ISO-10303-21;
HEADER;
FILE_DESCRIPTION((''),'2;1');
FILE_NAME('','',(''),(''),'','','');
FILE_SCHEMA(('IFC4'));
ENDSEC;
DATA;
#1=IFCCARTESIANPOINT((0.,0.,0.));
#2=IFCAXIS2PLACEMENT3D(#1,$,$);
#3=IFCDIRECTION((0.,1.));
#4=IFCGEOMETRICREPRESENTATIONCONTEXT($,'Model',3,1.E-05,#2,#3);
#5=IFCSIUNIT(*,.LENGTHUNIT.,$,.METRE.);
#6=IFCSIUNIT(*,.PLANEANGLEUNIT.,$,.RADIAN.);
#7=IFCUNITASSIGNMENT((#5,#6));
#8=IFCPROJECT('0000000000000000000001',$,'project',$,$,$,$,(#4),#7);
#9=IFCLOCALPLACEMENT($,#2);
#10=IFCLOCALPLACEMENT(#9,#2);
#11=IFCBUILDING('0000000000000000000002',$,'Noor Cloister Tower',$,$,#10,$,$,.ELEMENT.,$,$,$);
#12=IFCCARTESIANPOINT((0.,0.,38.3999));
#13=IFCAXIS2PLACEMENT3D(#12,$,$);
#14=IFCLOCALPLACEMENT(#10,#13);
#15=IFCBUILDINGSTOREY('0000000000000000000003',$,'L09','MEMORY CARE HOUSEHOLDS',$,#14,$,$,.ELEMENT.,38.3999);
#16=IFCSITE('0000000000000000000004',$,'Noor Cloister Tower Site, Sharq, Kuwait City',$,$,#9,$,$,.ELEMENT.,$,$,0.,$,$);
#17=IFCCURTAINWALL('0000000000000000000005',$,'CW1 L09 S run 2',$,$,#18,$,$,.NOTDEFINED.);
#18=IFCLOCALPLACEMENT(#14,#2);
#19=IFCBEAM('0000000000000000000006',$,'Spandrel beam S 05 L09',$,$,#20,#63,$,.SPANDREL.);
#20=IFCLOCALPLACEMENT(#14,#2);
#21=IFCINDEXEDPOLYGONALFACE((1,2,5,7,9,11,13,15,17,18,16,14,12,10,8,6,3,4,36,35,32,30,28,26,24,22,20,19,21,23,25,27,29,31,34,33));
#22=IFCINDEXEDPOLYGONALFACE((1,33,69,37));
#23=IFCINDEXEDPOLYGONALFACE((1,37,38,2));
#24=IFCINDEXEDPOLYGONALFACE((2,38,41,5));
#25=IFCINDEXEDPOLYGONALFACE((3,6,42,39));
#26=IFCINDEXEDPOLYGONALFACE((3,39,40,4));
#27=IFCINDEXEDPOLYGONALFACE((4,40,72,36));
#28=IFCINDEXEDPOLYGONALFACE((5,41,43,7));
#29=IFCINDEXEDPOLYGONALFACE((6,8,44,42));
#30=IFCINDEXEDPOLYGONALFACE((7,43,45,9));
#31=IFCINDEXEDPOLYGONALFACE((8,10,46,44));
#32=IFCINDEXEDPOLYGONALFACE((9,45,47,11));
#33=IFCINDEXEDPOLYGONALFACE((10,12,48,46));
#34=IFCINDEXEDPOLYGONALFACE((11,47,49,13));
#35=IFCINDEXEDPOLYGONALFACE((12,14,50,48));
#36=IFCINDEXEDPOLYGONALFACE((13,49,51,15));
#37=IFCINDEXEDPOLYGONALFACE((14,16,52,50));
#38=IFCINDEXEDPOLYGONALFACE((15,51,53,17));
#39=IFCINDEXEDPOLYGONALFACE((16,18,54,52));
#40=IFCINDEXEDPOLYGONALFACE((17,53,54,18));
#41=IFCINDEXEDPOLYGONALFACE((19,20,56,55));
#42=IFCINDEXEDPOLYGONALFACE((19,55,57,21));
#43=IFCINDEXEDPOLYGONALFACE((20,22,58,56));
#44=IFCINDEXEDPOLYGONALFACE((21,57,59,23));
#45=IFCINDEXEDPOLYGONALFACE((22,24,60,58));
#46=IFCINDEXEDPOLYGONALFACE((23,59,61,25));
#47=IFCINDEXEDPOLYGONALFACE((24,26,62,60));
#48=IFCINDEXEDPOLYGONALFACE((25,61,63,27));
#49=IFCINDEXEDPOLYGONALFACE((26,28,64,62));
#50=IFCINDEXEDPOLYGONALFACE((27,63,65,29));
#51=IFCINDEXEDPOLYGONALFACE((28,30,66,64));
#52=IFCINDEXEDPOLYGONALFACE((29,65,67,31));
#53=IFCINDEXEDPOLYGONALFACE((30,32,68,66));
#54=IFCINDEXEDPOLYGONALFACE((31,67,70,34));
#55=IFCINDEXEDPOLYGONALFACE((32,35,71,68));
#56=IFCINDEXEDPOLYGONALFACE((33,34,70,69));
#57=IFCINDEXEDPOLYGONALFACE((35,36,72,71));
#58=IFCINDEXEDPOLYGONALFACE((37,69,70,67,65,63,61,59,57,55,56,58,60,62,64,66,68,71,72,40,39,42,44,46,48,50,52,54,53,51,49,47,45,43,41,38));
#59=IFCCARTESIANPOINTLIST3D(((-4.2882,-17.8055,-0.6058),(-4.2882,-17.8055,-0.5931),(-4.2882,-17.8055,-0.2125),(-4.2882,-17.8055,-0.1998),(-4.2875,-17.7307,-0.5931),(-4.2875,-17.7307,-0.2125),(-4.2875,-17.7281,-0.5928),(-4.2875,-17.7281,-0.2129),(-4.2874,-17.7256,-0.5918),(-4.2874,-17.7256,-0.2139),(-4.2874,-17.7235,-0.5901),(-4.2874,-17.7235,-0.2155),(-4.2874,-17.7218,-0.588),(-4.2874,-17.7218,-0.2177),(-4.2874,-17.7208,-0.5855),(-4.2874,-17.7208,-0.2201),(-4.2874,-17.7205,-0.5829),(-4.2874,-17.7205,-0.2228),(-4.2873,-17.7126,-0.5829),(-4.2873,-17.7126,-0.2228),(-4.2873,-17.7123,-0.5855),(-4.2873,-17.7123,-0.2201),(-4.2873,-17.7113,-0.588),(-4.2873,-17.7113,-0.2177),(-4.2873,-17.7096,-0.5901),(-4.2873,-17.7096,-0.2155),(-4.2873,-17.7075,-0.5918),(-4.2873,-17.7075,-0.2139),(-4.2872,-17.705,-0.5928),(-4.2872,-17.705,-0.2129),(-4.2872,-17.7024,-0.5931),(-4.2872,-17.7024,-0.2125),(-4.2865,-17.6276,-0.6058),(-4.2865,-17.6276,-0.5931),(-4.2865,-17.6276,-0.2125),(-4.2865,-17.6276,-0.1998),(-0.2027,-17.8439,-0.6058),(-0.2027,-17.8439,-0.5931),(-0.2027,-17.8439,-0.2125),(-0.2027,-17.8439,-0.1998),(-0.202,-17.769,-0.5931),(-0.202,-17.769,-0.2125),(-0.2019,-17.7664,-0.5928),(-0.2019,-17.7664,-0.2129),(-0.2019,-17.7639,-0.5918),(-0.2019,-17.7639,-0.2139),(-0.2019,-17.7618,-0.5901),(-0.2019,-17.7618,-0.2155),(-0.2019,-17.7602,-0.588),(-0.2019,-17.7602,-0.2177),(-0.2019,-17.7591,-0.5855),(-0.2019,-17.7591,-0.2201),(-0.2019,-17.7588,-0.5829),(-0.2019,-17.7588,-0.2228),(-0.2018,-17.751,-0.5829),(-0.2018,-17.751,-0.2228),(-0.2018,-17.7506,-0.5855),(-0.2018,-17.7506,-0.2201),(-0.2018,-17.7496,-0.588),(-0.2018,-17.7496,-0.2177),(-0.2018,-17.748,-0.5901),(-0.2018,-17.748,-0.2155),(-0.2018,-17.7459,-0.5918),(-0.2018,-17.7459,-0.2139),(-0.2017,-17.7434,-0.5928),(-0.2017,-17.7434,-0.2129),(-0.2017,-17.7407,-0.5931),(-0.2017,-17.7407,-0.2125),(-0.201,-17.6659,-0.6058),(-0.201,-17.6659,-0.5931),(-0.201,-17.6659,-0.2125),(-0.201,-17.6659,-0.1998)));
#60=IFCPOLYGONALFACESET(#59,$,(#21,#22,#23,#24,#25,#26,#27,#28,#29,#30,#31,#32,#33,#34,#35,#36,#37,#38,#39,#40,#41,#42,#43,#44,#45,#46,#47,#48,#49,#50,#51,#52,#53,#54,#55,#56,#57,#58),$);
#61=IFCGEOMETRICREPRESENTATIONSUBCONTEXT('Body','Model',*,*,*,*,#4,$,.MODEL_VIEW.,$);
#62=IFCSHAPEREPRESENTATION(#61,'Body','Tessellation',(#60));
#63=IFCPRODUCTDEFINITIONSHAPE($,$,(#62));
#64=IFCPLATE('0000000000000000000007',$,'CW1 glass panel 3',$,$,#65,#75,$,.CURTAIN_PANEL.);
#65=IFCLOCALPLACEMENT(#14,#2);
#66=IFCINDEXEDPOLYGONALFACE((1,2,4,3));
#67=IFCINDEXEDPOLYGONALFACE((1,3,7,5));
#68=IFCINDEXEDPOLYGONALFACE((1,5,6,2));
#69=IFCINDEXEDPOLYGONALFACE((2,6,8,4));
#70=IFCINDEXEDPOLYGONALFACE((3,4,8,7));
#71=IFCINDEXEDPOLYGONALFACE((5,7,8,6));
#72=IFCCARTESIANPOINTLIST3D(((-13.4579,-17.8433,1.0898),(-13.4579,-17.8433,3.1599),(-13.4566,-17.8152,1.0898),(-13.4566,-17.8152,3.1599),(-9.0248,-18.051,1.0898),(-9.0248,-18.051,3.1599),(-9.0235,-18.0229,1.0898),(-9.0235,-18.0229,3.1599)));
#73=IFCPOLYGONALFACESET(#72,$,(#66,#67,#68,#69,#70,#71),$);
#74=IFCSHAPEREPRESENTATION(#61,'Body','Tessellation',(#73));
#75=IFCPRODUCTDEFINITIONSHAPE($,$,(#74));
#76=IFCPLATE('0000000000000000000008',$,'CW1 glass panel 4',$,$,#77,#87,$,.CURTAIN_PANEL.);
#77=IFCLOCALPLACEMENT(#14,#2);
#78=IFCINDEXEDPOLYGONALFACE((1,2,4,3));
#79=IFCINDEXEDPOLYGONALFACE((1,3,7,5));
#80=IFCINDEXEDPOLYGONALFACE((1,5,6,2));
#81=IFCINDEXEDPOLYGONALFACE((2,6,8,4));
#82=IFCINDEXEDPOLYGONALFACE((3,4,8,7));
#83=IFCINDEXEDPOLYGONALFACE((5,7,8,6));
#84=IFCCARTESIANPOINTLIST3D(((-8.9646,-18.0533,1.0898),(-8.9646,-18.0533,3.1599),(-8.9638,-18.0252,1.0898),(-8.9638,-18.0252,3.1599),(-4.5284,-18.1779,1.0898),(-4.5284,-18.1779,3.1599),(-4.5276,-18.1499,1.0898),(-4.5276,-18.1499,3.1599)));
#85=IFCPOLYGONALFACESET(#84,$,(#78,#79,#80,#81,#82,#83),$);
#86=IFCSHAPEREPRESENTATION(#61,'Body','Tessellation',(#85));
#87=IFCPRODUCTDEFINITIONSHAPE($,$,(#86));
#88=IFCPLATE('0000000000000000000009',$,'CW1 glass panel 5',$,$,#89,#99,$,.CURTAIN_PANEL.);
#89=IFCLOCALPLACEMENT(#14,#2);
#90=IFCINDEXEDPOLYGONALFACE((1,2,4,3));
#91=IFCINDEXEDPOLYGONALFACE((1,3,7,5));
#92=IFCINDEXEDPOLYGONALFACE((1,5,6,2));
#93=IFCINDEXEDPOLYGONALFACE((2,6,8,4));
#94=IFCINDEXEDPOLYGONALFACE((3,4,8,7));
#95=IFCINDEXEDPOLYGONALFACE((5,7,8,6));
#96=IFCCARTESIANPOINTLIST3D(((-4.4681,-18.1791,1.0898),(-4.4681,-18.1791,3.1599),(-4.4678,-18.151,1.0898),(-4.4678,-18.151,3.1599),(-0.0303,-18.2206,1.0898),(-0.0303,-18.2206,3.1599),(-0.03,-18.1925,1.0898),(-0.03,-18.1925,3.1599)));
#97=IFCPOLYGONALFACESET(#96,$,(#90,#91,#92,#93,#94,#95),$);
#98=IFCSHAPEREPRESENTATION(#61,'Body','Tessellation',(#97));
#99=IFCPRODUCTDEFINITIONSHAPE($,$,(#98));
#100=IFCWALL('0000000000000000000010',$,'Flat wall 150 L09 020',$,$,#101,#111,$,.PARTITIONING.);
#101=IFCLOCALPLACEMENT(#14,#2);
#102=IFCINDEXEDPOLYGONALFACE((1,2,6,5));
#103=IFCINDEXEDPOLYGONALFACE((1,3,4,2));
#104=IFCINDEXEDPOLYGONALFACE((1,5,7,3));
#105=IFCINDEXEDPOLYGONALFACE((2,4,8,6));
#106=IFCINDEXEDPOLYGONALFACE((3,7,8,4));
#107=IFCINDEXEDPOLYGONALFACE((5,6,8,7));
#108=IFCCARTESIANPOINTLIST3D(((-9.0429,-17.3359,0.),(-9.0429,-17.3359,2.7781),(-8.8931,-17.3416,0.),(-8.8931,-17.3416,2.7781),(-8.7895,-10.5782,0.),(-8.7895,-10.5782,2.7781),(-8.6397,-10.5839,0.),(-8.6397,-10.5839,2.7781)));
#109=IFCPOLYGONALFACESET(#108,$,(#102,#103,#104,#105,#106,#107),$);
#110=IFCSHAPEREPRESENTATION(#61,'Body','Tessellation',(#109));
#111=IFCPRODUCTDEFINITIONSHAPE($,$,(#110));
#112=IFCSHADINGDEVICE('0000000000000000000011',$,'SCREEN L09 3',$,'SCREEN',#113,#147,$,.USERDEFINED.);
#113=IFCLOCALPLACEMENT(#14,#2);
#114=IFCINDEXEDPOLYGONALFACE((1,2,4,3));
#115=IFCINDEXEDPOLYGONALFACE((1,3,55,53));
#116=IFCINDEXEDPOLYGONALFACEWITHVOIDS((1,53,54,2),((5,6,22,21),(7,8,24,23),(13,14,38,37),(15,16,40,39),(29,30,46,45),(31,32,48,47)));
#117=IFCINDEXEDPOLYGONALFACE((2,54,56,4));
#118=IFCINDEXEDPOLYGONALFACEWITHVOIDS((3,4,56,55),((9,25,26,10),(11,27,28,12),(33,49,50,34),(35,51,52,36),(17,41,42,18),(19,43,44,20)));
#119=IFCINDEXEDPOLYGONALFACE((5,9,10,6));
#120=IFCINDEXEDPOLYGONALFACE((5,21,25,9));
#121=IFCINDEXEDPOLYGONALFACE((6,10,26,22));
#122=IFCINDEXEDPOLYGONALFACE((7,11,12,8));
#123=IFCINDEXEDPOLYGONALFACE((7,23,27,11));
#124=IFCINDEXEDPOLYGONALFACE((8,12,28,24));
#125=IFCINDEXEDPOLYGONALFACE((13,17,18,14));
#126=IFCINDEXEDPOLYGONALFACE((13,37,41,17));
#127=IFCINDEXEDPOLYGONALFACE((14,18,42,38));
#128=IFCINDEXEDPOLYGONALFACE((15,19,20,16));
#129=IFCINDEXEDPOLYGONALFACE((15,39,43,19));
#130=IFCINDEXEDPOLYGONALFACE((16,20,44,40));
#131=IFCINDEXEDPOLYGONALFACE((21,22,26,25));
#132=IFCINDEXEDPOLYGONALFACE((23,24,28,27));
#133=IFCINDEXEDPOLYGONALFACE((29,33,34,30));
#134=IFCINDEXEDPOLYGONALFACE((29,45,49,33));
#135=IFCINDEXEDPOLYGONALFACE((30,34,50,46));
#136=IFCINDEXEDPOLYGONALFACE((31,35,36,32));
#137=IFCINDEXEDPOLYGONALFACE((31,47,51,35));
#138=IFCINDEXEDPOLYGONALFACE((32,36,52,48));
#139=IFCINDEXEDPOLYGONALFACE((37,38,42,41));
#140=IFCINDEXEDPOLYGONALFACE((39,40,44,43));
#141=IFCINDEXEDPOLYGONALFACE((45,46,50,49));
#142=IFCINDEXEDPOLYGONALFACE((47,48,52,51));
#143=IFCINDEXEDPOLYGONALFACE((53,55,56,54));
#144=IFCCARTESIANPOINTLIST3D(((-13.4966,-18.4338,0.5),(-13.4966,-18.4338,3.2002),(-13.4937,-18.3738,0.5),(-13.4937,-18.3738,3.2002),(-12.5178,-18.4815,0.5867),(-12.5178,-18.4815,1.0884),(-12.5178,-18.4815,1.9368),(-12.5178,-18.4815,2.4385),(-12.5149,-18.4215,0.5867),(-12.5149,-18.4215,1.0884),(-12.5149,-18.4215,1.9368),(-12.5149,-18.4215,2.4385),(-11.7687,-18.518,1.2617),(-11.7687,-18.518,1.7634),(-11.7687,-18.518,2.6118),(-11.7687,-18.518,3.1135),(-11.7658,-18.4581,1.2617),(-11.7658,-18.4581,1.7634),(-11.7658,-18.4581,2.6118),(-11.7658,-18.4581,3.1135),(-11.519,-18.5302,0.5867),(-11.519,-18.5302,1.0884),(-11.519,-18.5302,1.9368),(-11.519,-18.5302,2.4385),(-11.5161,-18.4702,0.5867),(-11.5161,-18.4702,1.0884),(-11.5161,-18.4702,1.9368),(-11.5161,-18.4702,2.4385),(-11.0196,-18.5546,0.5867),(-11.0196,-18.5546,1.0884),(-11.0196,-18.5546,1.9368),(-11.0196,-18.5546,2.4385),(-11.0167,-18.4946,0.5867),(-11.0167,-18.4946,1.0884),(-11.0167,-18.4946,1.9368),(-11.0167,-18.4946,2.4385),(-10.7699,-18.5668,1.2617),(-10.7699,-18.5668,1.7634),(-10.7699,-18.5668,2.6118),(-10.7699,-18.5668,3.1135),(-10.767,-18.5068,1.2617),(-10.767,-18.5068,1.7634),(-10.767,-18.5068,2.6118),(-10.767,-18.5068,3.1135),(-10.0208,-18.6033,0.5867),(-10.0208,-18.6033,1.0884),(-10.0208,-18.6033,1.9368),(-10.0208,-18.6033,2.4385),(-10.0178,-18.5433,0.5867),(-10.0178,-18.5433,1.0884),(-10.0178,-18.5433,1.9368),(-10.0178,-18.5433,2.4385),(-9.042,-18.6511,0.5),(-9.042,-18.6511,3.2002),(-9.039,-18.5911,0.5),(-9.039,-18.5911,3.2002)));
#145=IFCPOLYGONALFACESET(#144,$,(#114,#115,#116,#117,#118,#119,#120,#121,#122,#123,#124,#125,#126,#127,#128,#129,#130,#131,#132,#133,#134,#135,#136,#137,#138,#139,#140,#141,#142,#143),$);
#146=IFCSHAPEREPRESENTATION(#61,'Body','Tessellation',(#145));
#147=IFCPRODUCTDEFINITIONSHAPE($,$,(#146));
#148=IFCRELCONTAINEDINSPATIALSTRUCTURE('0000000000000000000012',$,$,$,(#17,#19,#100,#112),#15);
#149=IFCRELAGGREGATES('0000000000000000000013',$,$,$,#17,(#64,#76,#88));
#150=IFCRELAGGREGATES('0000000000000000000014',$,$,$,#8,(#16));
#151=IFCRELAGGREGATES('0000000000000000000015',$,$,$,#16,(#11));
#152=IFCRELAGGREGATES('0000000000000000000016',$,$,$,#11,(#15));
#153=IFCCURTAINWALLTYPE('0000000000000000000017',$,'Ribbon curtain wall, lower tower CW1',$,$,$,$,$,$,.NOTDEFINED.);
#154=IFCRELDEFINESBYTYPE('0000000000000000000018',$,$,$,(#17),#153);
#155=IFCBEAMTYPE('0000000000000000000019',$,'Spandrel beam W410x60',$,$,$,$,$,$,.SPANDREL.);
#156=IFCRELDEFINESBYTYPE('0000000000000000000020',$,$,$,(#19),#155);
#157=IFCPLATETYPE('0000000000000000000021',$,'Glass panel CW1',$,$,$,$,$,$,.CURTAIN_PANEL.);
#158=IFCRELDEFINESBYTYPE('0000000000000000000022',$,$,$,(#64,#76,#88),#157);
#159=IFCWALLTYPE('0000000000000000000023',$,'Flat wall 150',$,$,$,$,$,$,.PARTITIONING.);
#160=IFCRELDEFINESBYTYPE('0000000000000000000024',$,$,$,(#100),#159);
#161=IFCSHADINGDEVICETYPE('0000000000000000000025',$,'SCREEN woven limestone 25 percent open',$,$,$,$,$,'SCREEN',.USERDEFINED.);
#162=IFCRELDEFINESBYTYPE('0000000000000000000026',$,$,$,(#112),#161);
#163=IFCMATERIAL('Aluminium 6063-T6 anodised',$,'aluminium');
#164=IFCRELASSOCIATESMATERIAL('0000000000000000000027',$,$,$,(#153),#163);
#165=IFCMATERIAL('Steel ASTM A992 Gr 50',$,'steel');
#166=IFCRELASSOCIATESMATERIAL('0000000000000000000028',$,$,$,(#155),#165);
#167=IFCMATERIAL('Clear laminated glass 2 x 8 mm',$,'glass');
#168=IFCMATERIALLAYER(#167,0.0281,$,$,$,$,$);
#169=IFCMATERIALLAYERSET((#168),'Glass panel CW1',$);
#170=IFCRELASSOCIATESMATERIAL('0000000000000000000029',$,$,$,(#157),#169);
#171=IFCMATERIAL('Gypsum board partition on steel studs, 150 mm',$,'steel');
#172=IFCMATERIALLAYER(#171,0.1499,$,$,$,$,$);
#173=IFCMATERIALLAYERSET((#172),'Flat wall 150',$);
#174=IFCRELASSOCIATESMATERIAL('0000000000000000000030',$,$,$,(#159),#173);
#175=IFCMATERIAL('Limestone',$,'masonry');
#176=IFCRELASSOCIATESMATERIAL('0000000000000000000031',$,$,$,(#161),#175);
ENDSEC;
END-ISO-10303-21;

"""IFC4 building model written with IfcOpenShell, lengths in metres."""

from ifc_helpers import new_model, si_unit, direction, frame, frame_2d, origin, origin_2d, place, context, subcontext, project, spatial, polyline, rectangle, i_section, outline, extrude, material, layer, layer_set, material_profile, profile_set, type_object, element, aggregate, save


model = new_model("IFC4")

# Units and contexts
model_context = context("Model", 3, precision=1e-05, world=origin(), true_north=direction((0.0, 1.0)))
body_context = subcontext(model_context, "Body", "Model", "MODEL_VIEW")
ifc_project = project(units=[si_unit("LENGTHUNIT", "METRE"), si_unit("PLANEANGLEUNIT", "RADIAN")], contexts=[model_context])

# Site, building, storey
site_placement = place(None, origin())
site = spatial("IfcSite", under=ifc_project, at=site_placement, Name="Noor Cloister Tower Site, Sharq, Kuwait City", CompositionType="ELEMENT", RefElevation=0.0)
building_placement = place(site_placement, origin())
building = spatial("IfcBuilding", under=site, at=building_placement, Name="Noor Cloister Tower", CompositionType="ELEMENT")
storey_placement = place(building_placement, frame((0.0, 0.0, 38.3999)))
storey = spatial("IfcBuildingStorey", under=building, at=storey_placement, Name="L09", Description="MEMORY CARE HOUSEHOLDS", CompositionType="ELEMENT", Elevation=38.3999)

# Curtain wall
ifc_material_1 = material(Name="Aluminium 6063-T6 anodised", Category="aluminium")
curtain_wall_type = type_object("IfcCurtainWallType", Name="Ribbon curtain wall, lower tower CW1", PredefinedType="NOTDEFINED", material=ifc_material_1)
curtain_wall_placement = place(storey_placement, origin())
curtain_wall = element("IfcCurtainWall", 1, at=curtain_wall_placement, inside=storey, type_object=curtain_wall_type, Name="CW1 L09 S run 2", PredefinedType="NOTDEFINED")

# Beam
ifc_material_2 = material(Name="Steel ASTM A992 Gr 50", Category="steel")
ifc_material_profile_1 = material_profile(ifc_material_2, i_section(OverallWidth=0.178, OverallDepth=0.406, WebThickness=0.0078, FlangeThickness=0.0127, FilletRadius=0.0103, at=origin_2d()), Name="W410x60")
ifc_profile_set_1 = profile_set([ifc_material_profile_1], Name="Steel ASTM A992 Gr 50")
beam_type_1 = type_object("IfcBeamType", Name="Spandrel beam W410x60", PredefinedType="SPANDREL", material=ifc_profile_set_1)
for number, where, z_axis, x_axis, name in (
    (2, (-4.2874, -17.7166, -0.4028), (0.999956, -0.009382, 0.0), (0.009382, 0.999956, 0.0), "Spandrel beam S 05 L09"),
):
    element("IfcBeam", number, at=place(storey_placement, frame(where, z_axis=z_axis, x_axis=x_axis)), inside=storey, type_object=beam_type_1, Name=name, PredefinedType="SPANDREL", context=body_context, shape_type="SweptSolid", body=[
        extrude(i_section(OverallWidth=0.178, OverallDepth=0.406, WebThickness=0.0078, FlangeThickness=0.0127, FilletRadius=0.0103, at=origin_2d()), origin(), (0.0, 0.0, 1.0), 4.0857),
    ])

# Plates
ifc_material_3 = material(Name="Clear laminated glass 2 x 8 mm", Category="glass")
ifc_layer_1 = layer(ifc_material_3, 0.0281)
ifc_layer_set_1 = layer_set([ifc_layer_1], Name="Glass panel CW1")
plate_type = type_object("IfcPlateType", Name="Glass panel CW1", PredefinedType="CURTAIN_PANEL", material=ifc_layer_set_1)
plate_1_placement = place(storey_placement, frame((-11.2407, -17.9331, 1.0898), z_axis=(0.0, 0.0, 1.0), x_axis=(0.998904, -0.046801, 0.0)))
plate_1 = element("IfcPlate", 3, at=plate_1_placement, type_object=plate_type, Name="CW1 glass panel 3", PredefinedType="CURTAIN_PANEL", context=body_context, shape_type="SweptSolid", body=[
    extrude(rectangle(XDim=4.438, YDim=0.0281, at=origin_2d()), origin(), (0.0, 0.0, 1.0), 2.0701),
])
plate_2_placement = place(storey_placement, frame((-6.7461, -18.1016, 1.0898), z_axis=(0.0, 0.0, 1.0), x_axis=(0.999605, -0.028087, 0.0)))
plate_2 = element("IfcPlate", 4, at=plate_2_placement, type_object=plate_type, Name="CW1 glass panel 4", PredefinedType="CURTAIN_PANEL", context=body_context, shape_type="SweptSolid", body=[
    extrude(rectangle(XDim=4.438, YDim=0.0281, at=origin_2d()), origin(), (0.0, 0.0, 1.0), 2.0701),
])
plate_3_placement = place(storey_placement, frame((-2.249, -18.1858, 1.0898), z_axis=(0.0, 0.0, 1.0), x_axis=(0.999956, -0.009364, 0.0)))
plate_3 = element("IfcPlate", 5, at=plate_3_placement, type_object=plate_type, Name="CW1 glass panel 5", PredefinedType="CURTAIN_PANEL", context=body_context, shape_type="SweptSolid", body=[
    extrude(rectangle(XDim=4.438, YDim=0.0281, at=origin_2d()), origin(), (0.0, 0.0, 1.0), 2.0701),
])
aggregate(curtain_wall, [plate_1, plate_2, plate_3])

# Wall
ifc_material_4 = material(Name="Gypsum board partition on steel studs, 150 mm", Category="steel")
ifc_layer_2 = layer(ifc_material_4, 0.1499)
ifc_layer_set_2 = layer_set([ifc_layer_2], Name="Flat wall 150")
wall_type = type_object("IfcWallType", Name="Flat wall 150", PredefinedType="PARTITIONING", material=ifc_layer_set_2)
wall_placement = place(storey_placement, frame((-8.968, -17.3389, 0.0), z_axis=(0.0, 0.0, 1.0), x_axis=(0.037474, 0.999298, 0.0)))
element("IfcWall", 6, at=wall_placement, inside=storey, type_object=wall_type, Name="Flat wall 150 L09 020", PredefinedType="PARTITIONING", context=body_context, shape_type="SweptSolid", body=[
    extrude(rectangle(XDim=6.7625, YDim=0.1499, at=frame_2d((3.3813, 0.0))), origin(), (0.0, 0.0, 1.0), 2.7781),
])

# Shading device
ifc_material_5 = material(Name="Limestone", Category="masonry")
ifc_material_profile_2 = material_profile(ifc_material_5, outline(polyline([(-2.23, -1.3501), (2.23, -1.3501), (2.23, 1.3501), (-2.23, 1.3501), (-2.23, -1.3501)]), holes=[polyline([(-1.25, -1.2634), (-0.25, -1.2634), (-0.25, -0.7617), (-1.25, -0.7617), (-1.25, -1.2634)]), polyline([(0.25, -1.2634), (1.25, -1.2634), (1.25, -0.7617), (0.25, -0.7617), (0.25, -1.2634)]), polyline([(-0.5, -0.5884), (0.5, -0.5884), (0.5, -0.0867), (-0.5, -0.0867), (-0.5, -0.5884)]), polyline([(-1.25, 0.0867), (-0.25, 0.0867), (-0.25, 0.5884), (-1.25, 0.5884), (-1.25, 0.0867)]), polyline([(0.25, 0.0867), (1.25, 0.0867), (1.25, 0.5884), (0.25, 0.5884), (0.25, 0.0867)]), polyline([(-0.5, 0.7617), (0.5, 0.7617), (0.5, 1.2634), (-0.5, 1.2634), (-0.5, 0.7617)])]), Name="Woven screen 25 percent open")
ifc_profile_set_2 = profile_set([ifc_material_profile_2], Name="Limestone")
shading_device_type = type_object("IfcShadingDeviceType", Name="SCREEN woven limestone 25 percent open", ElementType="SCREEN", PredefinedType="USERDEFINED", material=ifc_profile_set_2)
shading_device_placement = place(storey_placement, frame((-11.2664, -18.4824, 1.8501), z_axis=(-0.048723, -0.998812, 0.0), x_axis=(0.998812, -0.048723, 0.0)))
element("IfcShadingDevice", 7, at=shading_device_placement, inside=storey, type_object=shading_device_type, Name="SCREEN L09 3", ObjectType="SCREEN", PredefinedType="USERDEFINED", context=body_context, shape_type="SweptSolid", body=[
    extrude(outline(polyline([(-2.23, -1.3501), (2.23, -1.3501), (2.23, 1.3501), (-2.23, 1.3501), (-2.23, -1.3501)]), holes=[polyline([(-1.25, -1.2634), (-0.25, -1.2634), (-0.25, -0.7617), (-1.25, -0.7617), (-1.25, -1.2634)]), polyline([(0.25, -1.2634), (1.25, -1.2634), (1.25, -0.7617), (0.25, -0.7617), (0.25, -1.2634)]), polyline([(-0.5, -0.5884), (0.5, -0.5884), (0.5, -0.0867), (-0.5, -0.0867), (-0.5, -0.5884)]), polyline([(-1.25, 0.0867), (-0.25, 0.0867), (-0.25, 0.5884), (-1.25, 0.5884), (-1.25, 0.0867)]), polyline([(0.25, 0.0867), (1.25, 0.0867), (1.25, 0.5884), (0.25, 0.5884), (0.25, 0.0867)]), polyline([(-0.5, 0.7617), (0.5, 0.7617), (0.5, 1.2634), (-0.5, 1.2634), (-0.5, 0.7617)])]), origin(), (0.0, 0.0, 1.0), 0.0601),
])

save(model, "model.ifc")
